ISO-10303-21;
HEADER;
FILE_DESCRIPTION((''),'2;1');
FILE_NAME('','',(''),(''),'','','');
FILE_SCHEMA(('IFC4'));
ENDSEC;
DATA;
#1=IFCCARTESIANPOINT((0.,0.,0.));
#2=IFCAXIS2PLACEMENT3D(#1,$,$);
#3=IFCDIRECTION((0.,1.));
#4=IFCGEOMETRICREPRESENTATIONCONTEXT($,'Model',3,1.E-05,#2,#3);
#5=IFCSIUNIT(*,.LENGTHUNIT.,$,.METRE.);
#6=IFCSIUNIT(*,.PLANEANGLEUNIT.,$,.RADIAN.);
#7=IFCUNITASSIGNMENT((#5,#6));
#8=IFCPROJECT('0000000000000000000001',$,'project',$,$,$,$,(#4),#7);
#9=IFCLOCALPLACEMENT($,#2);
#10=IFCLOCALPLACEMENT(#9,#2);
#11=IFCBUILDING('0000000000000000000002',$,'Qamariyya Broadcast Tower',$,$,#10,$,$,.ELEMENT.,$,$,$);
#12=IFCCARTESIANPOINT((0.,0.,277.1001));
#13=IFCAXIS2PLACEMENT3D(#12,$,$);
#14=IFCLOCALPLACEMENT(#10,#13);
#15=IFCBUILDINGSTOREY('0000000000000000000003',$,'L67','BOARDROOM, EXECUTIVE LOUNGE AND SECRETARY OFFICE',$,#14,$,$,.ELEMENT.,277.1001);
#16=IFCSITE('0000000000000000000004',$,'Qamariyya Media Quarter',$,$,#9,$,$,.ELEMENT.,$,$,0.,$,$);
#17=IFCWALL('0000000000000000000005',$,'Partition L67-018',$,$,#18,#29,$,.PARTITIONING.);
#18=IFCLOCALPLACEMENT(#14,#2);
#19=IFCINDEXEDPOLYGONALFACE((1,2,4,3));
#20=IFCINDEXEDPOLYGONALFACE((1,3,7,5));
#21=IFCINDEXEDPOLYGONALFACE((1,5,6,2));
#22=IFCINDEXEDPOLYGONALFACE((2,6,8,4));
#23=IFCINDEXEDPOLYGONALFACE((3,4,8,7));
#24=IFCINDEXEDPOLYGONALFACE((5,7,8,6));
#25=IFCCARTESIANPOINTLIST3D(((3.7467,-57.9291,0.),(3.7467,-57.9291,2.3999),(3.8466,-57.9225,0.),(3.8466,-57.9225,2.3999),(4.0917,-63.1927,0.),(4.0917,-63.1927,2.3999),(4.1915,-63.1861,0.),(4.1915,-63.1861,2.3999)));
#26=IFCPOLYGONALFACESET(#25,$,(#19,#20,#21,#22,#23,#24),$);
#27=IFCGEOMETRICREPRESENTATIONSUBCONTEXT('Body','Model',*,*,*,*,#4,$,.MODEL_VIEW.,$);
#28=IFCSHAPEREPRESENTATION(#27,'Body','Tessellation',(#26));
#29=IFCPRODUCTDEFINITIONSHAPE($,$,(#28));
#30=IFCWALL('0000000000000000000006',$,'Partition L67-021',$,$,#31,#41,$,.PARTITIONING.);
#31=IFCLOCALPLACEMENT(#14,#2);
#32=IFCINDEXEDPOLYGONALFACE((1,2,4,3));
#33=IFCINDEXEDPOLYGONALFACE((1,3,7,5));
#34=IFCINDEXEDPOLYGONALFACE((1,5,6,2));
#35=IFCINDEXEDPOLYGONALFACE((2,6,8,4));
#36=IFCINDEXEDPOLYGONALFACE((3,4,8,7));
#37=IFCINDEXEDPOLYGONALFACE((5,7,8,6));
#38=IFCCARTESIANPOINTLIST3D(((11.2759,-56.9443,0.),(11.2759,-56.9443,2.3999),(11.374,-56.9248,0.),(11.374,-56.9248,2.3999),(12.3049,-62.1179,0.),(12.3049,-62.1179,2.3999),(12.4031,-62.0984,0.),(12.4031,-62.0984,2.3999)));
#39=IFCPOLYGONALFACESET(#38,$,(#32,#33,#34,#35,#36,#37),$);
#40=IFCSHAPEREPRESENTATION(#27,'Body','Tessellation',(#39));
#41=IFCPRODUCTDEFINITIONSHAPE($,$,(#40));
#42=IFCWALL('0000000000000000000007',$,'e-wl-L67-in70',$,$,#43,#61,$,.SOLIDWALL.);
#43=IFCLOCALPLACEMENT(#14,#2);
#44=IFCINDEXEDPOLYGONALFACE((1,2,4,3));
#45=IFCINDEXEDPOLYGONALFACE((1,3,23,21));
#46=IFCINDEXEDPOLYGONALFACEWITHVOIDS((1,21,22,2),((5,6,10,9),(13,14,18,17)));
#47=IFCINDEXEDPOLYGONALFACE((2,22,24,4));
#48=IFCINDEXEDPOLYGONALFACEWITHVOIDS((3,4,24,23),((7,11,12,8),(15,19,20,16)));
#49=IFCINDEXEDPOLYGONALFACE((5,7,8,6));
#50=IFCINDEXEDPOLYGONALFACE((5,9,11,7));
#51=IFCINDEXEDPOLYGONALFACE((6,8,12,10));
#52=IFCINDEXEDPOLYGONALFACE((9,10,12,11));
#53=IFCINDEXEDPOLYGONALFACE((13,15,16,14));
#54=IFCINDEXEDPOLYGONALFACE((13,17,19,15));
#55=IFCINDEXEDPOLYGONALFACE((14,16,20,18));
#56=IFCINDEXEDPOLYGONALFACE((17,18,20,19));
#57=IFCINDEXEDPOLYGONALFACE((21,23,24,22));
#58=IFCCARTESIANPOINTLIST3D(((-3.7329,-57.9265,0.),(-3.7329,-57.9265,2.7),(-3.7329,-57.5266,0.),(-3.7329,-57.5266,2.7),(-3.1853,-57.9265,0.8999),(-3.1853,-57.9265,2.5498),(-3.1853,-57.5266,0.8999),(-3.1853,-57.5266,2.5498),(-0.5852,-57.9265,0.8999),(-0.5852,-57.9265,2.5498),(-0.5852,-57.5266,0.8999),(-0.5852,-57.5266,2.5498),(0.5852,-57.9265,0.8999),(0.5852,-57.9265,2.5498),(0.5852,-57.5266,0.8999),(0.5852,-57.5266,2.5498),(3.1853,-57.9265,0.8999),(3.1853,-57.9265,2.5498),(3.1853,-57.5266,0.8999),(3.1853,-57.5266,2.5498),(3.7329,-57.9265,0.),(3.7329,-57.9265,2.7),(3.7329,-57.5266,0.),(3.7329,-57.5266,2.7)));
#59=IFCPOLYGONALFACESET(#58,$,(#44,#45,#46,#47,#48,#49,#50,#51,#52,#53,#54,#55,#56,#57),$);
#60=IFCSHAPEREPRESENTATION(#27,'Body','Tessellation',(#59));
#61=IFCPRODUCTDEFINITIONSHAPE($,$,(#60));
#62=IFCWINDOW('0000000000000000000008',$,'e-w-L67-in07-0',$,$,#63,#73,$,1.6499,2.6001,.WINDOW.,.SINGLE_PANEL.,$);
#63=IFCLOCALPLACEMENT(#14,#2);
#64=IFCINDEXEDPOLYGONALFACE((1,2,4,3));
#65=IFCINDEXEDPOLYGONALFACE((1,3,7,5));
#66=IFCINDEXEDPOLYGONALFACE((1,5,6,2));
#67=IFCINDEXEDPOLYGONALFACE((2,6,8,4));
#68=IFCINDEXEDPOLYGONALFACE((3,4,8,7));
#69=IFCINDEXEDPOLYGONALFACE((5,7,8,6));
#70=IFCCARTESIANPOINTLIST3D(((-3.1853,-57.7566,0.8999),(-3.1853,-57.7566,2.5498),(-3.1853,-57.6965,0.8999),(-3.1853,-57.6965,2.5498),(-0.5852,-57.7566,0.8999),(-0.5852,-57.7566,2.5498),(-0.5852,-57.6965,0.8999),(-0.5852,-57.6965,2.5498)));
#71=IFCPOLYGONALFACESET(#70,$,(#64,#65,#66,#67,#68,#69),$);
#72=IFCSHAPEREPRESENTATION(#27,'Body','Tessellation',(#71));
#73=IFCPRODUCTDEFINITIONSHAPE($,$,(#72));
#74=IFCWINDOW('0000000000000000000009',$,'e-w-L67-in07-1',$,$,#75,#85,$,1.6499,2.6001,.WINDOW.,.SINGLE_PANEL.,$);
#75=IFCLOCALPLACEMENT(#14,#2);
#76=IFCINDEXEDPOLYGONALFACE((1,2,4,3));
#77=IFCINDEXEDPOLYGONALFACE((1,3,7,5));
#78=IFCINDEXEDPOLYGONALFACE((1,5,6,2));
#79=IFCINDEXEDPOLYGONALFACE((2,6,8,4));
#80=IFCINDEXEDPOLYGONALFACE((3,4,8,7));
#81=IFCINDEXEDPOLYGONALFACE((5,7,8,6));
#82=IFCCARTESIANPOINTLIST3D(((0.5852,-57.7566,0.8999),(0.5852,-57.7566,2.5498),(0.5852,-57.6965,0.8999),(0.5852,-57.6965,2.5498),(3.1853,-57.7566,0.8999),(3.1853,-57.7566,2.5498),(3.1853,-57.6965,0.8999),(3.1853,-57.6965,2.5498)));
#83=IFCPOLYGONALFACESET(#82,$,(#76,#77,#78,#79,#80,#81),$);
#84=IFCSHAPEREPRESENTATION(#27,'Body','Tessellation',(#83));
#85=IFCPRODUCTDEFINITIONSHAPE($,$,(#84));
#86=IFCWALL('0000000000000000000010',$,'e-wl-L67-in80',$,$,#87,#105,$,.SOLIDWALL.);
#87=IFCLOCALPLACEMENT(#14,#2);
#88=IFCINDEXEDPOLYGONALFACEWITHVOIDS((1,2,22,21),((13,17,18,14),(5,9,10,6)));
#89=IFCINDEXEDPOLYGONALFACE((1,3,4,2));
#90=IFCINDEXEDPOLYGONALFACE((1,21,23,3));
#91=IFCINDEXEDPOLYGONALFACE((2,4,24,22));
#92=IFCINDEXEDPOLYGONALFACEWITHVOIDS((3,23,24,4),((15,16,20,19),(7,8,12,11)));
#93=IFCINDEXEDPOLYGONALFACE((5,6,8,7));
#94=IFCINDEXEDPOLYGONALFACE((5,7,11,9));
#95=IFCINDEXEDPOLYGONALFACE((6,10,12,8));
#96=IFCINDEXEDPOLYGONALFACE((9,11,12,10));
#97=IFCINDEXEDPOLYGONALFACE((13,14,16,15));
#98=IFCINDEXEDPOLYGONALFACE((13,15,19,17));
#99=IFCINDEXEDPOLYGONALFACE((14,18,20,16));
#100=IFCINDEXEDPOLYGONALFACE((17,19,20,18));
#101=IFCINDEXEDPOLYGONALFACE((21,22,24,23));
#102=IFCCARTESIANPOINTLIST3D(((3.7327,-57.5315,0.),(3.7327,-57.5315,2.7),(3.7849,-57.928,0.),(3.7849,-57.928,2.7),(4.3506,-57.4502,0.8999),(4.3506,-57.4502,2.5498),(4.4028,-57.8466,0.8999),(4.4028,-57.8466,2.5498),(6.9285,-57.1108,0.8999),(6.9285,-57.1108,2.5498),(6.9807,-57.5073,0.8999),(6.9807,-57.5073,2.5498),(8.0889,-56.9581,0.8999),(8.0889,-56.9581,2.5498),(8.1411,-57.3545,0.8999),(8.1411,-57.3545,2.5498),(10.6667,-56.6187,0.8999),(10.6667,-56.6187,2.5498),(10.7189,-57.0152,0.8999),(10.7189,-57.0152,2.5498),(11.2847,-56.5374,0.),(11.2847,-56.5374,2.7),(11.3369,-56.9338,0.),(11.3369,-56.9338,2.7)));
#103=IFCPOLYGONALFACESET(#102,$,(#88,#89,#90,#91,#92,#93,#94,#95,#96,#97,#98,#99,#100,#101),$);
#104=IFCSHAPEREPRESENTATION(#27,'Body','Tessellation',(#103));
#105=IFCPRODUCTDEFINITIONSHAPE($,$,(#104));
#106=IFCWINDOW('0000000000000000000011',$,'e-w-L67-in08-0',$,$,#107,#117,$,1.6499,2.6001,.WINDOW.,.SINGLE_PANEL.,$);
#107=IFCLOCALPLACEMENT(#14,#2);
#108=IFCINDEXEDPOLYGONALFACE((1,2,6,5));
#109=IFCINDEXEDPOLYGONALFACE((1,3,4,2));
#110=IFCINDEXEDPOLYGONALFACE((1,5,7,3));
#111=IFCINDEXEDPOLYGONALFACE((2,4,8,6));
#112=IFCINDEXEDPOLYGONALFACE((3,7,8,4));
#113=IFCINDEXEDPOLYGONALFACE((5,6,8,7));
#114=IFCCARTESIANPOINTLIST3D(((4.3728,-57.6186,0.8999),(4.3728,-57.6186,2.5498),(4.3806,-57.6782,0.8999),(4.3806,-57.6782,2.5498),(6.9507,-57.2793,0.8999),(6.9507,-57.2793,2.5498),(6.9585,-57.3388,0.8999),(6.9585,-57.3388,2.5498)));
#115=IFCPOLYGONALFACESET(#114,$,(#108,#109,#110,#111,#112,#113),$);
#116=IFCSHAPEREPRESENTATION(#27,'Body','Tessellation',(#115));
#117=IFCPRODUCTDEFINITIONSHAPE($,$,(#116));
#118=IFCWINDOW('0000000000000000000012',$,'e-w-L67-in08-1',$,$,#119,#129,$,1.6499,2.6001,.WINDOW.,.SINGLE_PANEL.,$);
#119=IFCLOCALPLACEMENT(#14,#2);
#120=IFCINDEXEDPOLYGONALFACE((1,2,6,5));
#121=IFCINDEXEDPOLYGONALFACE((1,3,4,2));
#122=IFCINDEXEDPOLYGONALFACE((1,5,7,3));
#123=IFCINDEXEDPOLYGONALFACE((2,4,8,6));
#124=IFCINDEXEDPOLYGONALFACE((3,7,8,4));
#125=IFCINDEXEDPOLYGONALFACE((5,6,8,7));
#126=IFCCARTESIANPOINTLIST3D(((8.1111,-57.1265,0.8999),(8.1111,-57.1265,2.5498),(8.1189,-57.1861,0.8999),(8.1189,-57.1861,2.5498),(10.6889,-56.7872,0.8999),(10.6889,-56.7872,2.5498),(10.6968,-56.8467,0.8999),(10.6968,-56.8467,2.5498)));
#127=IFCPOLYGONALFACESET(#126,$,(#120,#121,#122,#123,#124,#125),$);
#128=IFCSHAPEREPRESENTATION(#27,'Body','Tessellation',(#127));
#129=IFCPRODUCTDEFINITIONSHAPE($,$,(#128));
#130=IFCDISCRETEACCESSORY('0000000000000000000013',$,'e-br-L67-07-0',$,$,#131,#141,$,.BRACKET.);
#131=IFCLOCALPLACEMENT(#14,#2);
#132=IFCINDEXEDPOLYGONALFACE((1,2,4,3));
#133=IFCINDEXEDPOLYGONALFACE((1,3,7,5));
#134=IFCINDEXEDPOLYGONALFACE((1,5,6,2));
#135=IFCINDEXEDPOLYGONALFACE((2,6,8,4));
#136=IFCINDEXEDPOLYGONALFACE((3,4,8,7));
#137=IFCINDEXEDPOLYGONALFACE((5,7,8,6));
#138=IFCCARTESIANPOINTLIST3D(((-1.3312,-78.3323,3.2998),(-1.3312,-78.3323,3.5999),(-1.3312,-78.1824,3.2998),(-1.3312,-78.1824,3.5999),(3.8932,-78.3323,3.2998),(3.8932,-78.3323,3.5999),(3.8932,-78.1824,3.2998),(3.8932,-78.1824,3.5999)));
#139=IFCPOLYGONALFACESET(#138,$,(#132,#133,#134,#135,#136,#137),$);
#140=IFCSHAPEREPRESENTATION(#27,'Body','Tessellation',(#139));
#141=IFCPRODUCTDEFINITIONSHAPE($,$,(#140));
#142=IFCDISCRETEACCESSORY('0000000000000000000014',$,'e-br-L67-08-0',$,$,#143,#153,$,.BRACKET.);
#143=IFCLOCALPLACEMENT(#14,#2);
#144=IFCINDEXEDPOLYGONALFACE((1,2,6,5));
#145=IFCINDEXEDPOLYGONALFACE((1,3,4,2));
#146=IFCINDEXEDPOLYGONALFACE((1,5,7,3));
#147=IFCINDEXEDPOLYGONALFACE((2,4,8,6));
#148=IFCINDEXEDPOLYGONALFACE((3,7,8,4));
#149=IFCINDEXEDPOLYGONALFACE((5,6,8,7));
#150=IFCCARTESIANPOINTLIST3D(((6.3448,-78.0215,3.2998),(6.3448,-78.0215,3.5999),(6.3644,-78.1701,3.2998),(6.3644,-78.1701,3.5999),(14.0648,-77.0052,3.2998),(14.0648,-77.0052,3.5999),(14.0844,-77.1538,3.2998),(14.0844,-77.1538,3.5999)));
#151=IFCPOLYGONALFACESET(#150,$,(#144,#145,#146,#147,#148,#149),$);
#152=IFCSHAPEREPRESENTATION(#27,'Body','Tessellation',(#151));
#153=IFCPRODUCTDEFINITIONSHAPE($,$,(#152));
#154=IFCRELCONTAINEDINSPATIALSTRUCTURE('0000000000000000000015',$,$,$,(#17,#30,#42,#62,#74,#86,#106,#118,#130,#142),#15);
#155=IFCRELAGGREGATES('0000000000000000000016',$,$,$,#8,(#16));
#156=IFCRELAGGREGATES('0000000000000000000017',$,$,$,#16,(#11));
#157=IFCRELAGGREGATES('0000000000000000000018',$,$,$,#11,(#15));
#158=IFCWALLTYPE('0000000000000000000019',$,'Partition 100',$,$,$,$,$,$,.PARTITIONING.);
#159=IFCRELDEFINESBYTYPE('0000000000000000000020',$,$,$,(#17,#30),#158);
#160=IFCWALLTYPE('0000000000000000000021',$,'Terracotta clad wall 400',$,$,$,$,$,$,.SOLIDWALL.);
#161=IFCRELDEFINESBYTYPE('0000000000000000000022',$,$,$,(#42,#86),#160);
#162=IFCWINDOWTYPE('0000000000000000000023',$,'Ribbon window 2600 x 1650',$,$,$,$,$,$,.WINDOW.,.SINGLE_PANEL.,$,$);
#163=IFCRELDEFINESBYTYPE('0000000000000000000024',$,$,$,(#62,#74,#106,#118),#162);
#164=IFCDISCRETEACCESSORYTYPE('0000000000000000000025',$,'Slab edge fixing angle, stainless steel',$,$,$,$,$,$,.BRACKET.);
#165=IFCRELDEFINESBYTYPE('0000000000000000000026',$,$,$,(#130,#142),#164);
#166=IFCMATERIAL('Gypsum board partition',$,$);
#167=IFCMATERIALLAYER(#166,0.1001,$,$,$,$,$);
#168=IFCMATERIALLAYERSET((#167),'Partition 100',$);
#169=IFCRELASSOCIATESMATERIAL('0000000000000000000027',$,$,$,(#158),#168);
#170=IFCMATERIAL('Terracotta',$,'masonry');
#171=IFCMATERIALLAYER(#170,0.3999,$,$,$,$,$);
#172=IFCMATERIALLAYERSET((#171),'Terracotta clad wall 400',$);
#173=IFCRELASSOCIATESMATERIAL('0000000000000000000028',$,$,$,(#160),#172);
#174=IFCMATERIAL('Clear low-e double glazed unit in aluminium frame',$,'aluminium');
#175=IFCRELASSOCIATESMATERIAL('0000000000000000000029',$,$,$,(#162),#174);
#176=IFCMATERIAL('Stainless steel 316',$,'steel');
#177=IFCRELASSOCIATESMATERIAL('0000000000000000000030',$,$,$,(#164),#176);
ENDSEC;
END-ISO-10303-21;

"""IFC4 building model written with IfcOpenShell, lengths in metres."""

from ifc_helpers import new_model, si_unit, direction, frame, frame_2d, origin, origin_2d, place, context, subcontext, project, spatial, rectangle, extrude, material, layer, layer_set, type_object, element, fill, save


model = new_model("IFC4")

# Units and contexts
model_context = context("Model", 3, precision=1e-05, world=origin(), true_north=direction((0.0, 1.0)))
body_context = subcontext(model_context, "Body", "Model", "MODEL_VIEW")
ifc_project = project(units=[si_unit("LENGTHUNIT", "METRE"), si_unit("PLANEANGLEUNIT", "RADIAN")], contexts=[model_context])

# Site, building, storey
site_placement = place(None, origin())
site = spatial("IfcSite", under=ifc_project, at=site_placement, Name="Qamariyya Media Quarter", CompositionType="ELEMENT", RefElevation=0.0)
building_placement = place(site_placement, origin())
building = spatial("IfcBuilding", under=site, at=building_placement, Name="Qamariyya Broadcast Tower", CompositionType="ELEMENT")
storey_placement = place(building_placement, frame((0.0, 0.0, 277.1001)))
storey = spatial("IfcBuildingStorey", under=building, at=storey_placement, Name="L67", Description="BOARDROOM, EXECUTIVE LOUNGE AND SECRETARY OFFICE", CompositionType="ELEMENT", Elevation=277.1001)

# Shared definitions
ifc_material_1 = material(Name="Gypsum board partition")

# Walls
ifc_layer_1 = layer(ifc_material_1, 0.1001)
ifc_layer_set_1 = layer_set([ifc_layer_1], Name="Partition 100")
wall_type_1 = type_object("IfcWallType", Name="Partition 100", PredefinedType="PARTITIONING", material=ifc_layer_set_1)
for number, where, z_axis, x_axis, name in (
    (1, (3.7966, -57.9258, 0.0), (0.0, 0.0, 1.0), (0.065398, -0.997859, 0.0), "Partition L67-018"),
    (2, (11.325, -56.9346, 0.0), (0.0, 0.0, 1.0), (0.195084, -0.980787, 0.0), "Partition L67-021"),
):
    element("IfcWall", number, at=place(storey_placement, frame(where, z_axis=z_axis, x_axis=x_axis)), inside=storey, type_object=wall_type_1, Name=name, PredefinedType="PARTITIONING", context=body_context, shape_type="SweptSolid", body=[
        extrude(rectangle(XDim=5.2749, YDim=0.1001, at=frame_2d((2.6375, 0.0))), origin(), (0.0, 0.0, 1.0), 2.3999),
    ])

# Walls, openings, windows
ifc_material_2 = material(Name="Terracotta", Category="masonry")
ifc_layer_2 = layer(ifc_material_2, 0.3999)
ifc_layer_set_2 = layer_set([ifc_layer_2], Name="Terracotta clad wall 400")
wall_type_2 = type_object("IfcWallType", Name="Terracotta clad wall 400", PredefinedType="SOLIDWALL", material=ifc_layer_set_2)
wall_1_placement = place(storey_placement, frame((3.7329, -57.7266, 0.0), z_axis=(0.0, 0.0, 1.0), x_axis=(-1.0, 0.0, 0.0)))
wall_1 = element("IfcWall", 3, at=wall_1_placement, inside=storey, type_object=wall_type_2, Name="e-wl-L67-in70", PredefinedType="SOLIDWALL", context=body_context, shape_type="SweptSolid", body=[
    extrude(rectangle(XDim=7.4658, YDim=0.3999, at=frame_2d((3.7329, 0.0))), origin(), (0.0, 0.0, 1.0), 2.7),
])
opening_1_placement = place(wall_1_placement, frame((4.3181, 0.0, 0.8999)))
opening_1 = element("IfcOpeningElement", 4, at=opening_1_placement, cuts=wall_1, PredefinedType="OPENING", context=body_context, shape_type="SweptSolid", body=[
    extrude(rectangle(XDim=2.6001, YDim=1.6499, at=frame_2d((1.3, 0.825))), frame((0.0, 0.21, 0.0), z_axis=(0.0, -1.0, 0.0), x_axis=(1.0, 0.0, 0.0)), (0.0, 0.0, 1.0), 0.4199),
])
opening_2_placement = place(wall_1_placement, frame((0.5476, 0.0, 0.8999)))
opening_2 = element("IfcOpeningElement", 5, at=opening_2_placement, cuts=wall_1, PredefinedType="OPENING", context=body_context, shape_type="SweptSolid", body=[
    extrude(rectangle(XDim=2.6001, YDim=1.6499, at=frame_2d((1.3, 0.825))), frame((0.0, 0.21, 0.0), z_axis=(0.0, -1.0, 0.0), x_axis=(1.0, 0.0, 0.0)), (0.0, 0.0, 1.0), 0.4199),
])
ifc_material_3 = material(Name="Clear low-e double glazed unit in aluminium frame", Category="aluminium")
window_type = type_object("IfcWindowType", Name="Ribbon window 2600 x 1650", PartitioningType="SINGLE_PANEL", PredefinedType="WINDOW", material=ifc_material_3)
window_1_placement = place(opening_1_placement, origin())
window_1 = element("IfcWindow", 6, at=window_1_placement, inside=storey, type_object=window_type, Name="e-w-L67-in07-0", OverallHeight=1.6499, OverallWidth=2.6001, PartitioningType="SINGLE_PANEL", PredefinedType="WINDOW", context=body_context, shape_type="SweptSolid", body=[
    extrude(rectangle(XDim=2.6001, YDim=1.6499, at=frame_2d((1.3, 0.825))), frame((0.0, 0.03, 0.0), z_axis=(0.0, -1.0, 0.0), x_axis=(1.0, 0.0, 0.0)), (0.0, 0.0, 1.0), 0.0601),
])
fill(opening_1, window_1)
window_2_placement = place(opening_2_placement, origin())
window_2 = element("IfcWindow", 7, at=window_2_placement, inside=storey, type_object=window_type, Name="e-w-L67-in07-1", OverallHeight=1.6499, OverallWidth=2.6001, PartitioningType="SINGLE_PANEL", PredefinedType="WINDOW", context=body_context, shape_type="SweptSolid", body=[
    extrude(rectangle(XDim=2.6001, YDim=1.6499, at=frame_2d((1.3, 0.825))), frame((0.0, 0.03, 0.0), z_axis=(0.0, -1.0, 0.0), x_axis=(1.0, 0.0, 0.0)), (0.0, 0.0, 1.0), 0.0601),
])
fill(opening_2, window_2)
wall_2_placement = place(storey_placement, frame((11.3108, -56.7356, 0.0), z_axis=(0.0, 0.0, 1.0), x_axis=(-0.991447, -0.130513, 0.0)))
wall_2 = element("IfcWall", 8, at=wall_2_placement, inside=storey, type_object=wall_type_2, Name="e-wl-L67-in80", PredefinedType="SOLIDWALL", context=body_context, shape_type="SweptSolid", body=[
    extrude(rectangle(XDim=7.6172, YDim=0.3999, at=frame_2d((3.8086, 0.0))), origin(), (0.0, 0.0, 1.0), 2.7),
])
opening_3_placement = place(wall_2_placement, frame((4.3938, 0.0, 0.8999)))
opening_3 = element("IfcOpeningElement", 9, at=opening_3_placement, cuts=wall_2, PredefinedType="OPENING", context=body_context, shape_type="SweptSolid", body=[
    extrude(rectangle(XDim=2.6001, YDim=1.6499, at=frame_2d((1.3, 0.825))), frame((0.0, 0.21, 0.0), z_axis=(0.0, -1.0, 0.0), x_axis=(1.0, 0.0, 0.0)), (0.0, 0.0, 1.0), 0.4199),
])
opening_4_placement = place(wall_2_placement, frame((0.6233, 0.0, 0.8999)))
opening_4 = element("IfcOpeningElement", 10, at=opening_4_placement, cuts=wall_2, PredefinedType="OPENING", context=body_context, shape_type="SweptSolid", body=[
    extrude(rectangle(XDim=2.6001, YDim=1.6499, at=frame_2d((1.3, 0.825))), frame((0.0, 0.21, 0.0), z_axis=(0.0, -1.0, 0.0), x_axis=(1.0, 0.0, 0.0)), (0.0, 0.0, 1.0), 0.4199),
])
window_3_placement = place(opening_3_placement, origin())
window_3 = element("IfcWindow", 11, at=window_3_placement, inside=storey, type_object=window_type, Name="e-w-L67-in08-0", OverallHeight=1.6499, OverallWidth=2.6001, PartitioningType="SINGLE_PANEL", PredefinedType="WINDOW", context=body_context, shape_type="SweptSolid", body=[
    extrude(rectangle(XDim=2.6001, YDim=1.6499, at=frame_2d((1.3, 0.825))), frame((0.0, 0.03, 0.0), z_axis=(0.0, -1.0, 0.0), x_axis=(1.0, 0.0, 0.0)), (0.0, 0.0, 1.0), 0.0601),
])
fill(opening_3, window_3)
window_4_placement = place(opening_4_placement, origin())
window_4 = element("IfcWindow", 12, at=window_4_placement, inside=storey, type_object=window_type, Name="e-w-L67-in08-1", OverallHeight=1.6499, OverallWidth=2.6001, PartitioningType="SINGLE_PANEL", PredefinedType="WINDOW", context=body_context, shape_type="SweptSolid", body=[
    extrude(rectangle(XDim=2.6001, YDim=1.6499, at=frame_2d((1.3, 0.825))), frame((0.0, 0.03, 0.0), z_axis=(0.0, -1.0, 0.0), x_axis=(1.0, 0.0, 0.0)), (0.0, 0.0, 1.0), 0.0601),
])
fill(opening_4, window_4)

# Discrete accessories
ifc_material_4 = material(Name="Stainless steel 316", Category="steel")
discrete_accessory_type = type_object("IfcDiscreteAccessoryType", Name="Slab edge fixing angle, stainless steel", PredefinedType="BRACKET", material=ifc_material_4)
discrete_accessory_1_placement = place(storey_placement, frame((1.281, -78.2573, 3.2998), z_axis=(0.0, 0.0, 1.0), x_axis=(1.0, 0.0, 0.0)))
element("IfcDiscreteAccessory", 13, at=discrete_accessory_1_placement, inside=storey, type_object=discrete_accessory_type, Name="e-br-L67-07-0", PredefinedType="BRACKET", context=body_context, shape_type="SweptSolid", body=[
    extrude(rectangle(XDim=5.2244, YDim=0.1499, at=origin_2d()), origin(), (0.0, 0.0, 1.0), 0.3),
])
discrete_accessory_2_placement = place(storey_placement, frame((10.2146, -77.5876, 3.2998), z_axis=(0.0, 0.0, 1.0), x_axis=(0.991445, 0.130526, 0.0)))
element("IfcDiscreteAccessory", 14, at=discrete_accessory_2_placement, inside=storey, type_object=discrete_accessory_type, Name="e-br-L67-08-0", PredefinedType="BRACKET", context=body_context, shape_type="SweptSolid", body=[
    extrude(rectangle(XDim=7.7866, YDim=0.1499, at=origin_2d()), origin(), (0.0, 0.0, 1.0), 0.3),
])

save(model, "model.ifc")
